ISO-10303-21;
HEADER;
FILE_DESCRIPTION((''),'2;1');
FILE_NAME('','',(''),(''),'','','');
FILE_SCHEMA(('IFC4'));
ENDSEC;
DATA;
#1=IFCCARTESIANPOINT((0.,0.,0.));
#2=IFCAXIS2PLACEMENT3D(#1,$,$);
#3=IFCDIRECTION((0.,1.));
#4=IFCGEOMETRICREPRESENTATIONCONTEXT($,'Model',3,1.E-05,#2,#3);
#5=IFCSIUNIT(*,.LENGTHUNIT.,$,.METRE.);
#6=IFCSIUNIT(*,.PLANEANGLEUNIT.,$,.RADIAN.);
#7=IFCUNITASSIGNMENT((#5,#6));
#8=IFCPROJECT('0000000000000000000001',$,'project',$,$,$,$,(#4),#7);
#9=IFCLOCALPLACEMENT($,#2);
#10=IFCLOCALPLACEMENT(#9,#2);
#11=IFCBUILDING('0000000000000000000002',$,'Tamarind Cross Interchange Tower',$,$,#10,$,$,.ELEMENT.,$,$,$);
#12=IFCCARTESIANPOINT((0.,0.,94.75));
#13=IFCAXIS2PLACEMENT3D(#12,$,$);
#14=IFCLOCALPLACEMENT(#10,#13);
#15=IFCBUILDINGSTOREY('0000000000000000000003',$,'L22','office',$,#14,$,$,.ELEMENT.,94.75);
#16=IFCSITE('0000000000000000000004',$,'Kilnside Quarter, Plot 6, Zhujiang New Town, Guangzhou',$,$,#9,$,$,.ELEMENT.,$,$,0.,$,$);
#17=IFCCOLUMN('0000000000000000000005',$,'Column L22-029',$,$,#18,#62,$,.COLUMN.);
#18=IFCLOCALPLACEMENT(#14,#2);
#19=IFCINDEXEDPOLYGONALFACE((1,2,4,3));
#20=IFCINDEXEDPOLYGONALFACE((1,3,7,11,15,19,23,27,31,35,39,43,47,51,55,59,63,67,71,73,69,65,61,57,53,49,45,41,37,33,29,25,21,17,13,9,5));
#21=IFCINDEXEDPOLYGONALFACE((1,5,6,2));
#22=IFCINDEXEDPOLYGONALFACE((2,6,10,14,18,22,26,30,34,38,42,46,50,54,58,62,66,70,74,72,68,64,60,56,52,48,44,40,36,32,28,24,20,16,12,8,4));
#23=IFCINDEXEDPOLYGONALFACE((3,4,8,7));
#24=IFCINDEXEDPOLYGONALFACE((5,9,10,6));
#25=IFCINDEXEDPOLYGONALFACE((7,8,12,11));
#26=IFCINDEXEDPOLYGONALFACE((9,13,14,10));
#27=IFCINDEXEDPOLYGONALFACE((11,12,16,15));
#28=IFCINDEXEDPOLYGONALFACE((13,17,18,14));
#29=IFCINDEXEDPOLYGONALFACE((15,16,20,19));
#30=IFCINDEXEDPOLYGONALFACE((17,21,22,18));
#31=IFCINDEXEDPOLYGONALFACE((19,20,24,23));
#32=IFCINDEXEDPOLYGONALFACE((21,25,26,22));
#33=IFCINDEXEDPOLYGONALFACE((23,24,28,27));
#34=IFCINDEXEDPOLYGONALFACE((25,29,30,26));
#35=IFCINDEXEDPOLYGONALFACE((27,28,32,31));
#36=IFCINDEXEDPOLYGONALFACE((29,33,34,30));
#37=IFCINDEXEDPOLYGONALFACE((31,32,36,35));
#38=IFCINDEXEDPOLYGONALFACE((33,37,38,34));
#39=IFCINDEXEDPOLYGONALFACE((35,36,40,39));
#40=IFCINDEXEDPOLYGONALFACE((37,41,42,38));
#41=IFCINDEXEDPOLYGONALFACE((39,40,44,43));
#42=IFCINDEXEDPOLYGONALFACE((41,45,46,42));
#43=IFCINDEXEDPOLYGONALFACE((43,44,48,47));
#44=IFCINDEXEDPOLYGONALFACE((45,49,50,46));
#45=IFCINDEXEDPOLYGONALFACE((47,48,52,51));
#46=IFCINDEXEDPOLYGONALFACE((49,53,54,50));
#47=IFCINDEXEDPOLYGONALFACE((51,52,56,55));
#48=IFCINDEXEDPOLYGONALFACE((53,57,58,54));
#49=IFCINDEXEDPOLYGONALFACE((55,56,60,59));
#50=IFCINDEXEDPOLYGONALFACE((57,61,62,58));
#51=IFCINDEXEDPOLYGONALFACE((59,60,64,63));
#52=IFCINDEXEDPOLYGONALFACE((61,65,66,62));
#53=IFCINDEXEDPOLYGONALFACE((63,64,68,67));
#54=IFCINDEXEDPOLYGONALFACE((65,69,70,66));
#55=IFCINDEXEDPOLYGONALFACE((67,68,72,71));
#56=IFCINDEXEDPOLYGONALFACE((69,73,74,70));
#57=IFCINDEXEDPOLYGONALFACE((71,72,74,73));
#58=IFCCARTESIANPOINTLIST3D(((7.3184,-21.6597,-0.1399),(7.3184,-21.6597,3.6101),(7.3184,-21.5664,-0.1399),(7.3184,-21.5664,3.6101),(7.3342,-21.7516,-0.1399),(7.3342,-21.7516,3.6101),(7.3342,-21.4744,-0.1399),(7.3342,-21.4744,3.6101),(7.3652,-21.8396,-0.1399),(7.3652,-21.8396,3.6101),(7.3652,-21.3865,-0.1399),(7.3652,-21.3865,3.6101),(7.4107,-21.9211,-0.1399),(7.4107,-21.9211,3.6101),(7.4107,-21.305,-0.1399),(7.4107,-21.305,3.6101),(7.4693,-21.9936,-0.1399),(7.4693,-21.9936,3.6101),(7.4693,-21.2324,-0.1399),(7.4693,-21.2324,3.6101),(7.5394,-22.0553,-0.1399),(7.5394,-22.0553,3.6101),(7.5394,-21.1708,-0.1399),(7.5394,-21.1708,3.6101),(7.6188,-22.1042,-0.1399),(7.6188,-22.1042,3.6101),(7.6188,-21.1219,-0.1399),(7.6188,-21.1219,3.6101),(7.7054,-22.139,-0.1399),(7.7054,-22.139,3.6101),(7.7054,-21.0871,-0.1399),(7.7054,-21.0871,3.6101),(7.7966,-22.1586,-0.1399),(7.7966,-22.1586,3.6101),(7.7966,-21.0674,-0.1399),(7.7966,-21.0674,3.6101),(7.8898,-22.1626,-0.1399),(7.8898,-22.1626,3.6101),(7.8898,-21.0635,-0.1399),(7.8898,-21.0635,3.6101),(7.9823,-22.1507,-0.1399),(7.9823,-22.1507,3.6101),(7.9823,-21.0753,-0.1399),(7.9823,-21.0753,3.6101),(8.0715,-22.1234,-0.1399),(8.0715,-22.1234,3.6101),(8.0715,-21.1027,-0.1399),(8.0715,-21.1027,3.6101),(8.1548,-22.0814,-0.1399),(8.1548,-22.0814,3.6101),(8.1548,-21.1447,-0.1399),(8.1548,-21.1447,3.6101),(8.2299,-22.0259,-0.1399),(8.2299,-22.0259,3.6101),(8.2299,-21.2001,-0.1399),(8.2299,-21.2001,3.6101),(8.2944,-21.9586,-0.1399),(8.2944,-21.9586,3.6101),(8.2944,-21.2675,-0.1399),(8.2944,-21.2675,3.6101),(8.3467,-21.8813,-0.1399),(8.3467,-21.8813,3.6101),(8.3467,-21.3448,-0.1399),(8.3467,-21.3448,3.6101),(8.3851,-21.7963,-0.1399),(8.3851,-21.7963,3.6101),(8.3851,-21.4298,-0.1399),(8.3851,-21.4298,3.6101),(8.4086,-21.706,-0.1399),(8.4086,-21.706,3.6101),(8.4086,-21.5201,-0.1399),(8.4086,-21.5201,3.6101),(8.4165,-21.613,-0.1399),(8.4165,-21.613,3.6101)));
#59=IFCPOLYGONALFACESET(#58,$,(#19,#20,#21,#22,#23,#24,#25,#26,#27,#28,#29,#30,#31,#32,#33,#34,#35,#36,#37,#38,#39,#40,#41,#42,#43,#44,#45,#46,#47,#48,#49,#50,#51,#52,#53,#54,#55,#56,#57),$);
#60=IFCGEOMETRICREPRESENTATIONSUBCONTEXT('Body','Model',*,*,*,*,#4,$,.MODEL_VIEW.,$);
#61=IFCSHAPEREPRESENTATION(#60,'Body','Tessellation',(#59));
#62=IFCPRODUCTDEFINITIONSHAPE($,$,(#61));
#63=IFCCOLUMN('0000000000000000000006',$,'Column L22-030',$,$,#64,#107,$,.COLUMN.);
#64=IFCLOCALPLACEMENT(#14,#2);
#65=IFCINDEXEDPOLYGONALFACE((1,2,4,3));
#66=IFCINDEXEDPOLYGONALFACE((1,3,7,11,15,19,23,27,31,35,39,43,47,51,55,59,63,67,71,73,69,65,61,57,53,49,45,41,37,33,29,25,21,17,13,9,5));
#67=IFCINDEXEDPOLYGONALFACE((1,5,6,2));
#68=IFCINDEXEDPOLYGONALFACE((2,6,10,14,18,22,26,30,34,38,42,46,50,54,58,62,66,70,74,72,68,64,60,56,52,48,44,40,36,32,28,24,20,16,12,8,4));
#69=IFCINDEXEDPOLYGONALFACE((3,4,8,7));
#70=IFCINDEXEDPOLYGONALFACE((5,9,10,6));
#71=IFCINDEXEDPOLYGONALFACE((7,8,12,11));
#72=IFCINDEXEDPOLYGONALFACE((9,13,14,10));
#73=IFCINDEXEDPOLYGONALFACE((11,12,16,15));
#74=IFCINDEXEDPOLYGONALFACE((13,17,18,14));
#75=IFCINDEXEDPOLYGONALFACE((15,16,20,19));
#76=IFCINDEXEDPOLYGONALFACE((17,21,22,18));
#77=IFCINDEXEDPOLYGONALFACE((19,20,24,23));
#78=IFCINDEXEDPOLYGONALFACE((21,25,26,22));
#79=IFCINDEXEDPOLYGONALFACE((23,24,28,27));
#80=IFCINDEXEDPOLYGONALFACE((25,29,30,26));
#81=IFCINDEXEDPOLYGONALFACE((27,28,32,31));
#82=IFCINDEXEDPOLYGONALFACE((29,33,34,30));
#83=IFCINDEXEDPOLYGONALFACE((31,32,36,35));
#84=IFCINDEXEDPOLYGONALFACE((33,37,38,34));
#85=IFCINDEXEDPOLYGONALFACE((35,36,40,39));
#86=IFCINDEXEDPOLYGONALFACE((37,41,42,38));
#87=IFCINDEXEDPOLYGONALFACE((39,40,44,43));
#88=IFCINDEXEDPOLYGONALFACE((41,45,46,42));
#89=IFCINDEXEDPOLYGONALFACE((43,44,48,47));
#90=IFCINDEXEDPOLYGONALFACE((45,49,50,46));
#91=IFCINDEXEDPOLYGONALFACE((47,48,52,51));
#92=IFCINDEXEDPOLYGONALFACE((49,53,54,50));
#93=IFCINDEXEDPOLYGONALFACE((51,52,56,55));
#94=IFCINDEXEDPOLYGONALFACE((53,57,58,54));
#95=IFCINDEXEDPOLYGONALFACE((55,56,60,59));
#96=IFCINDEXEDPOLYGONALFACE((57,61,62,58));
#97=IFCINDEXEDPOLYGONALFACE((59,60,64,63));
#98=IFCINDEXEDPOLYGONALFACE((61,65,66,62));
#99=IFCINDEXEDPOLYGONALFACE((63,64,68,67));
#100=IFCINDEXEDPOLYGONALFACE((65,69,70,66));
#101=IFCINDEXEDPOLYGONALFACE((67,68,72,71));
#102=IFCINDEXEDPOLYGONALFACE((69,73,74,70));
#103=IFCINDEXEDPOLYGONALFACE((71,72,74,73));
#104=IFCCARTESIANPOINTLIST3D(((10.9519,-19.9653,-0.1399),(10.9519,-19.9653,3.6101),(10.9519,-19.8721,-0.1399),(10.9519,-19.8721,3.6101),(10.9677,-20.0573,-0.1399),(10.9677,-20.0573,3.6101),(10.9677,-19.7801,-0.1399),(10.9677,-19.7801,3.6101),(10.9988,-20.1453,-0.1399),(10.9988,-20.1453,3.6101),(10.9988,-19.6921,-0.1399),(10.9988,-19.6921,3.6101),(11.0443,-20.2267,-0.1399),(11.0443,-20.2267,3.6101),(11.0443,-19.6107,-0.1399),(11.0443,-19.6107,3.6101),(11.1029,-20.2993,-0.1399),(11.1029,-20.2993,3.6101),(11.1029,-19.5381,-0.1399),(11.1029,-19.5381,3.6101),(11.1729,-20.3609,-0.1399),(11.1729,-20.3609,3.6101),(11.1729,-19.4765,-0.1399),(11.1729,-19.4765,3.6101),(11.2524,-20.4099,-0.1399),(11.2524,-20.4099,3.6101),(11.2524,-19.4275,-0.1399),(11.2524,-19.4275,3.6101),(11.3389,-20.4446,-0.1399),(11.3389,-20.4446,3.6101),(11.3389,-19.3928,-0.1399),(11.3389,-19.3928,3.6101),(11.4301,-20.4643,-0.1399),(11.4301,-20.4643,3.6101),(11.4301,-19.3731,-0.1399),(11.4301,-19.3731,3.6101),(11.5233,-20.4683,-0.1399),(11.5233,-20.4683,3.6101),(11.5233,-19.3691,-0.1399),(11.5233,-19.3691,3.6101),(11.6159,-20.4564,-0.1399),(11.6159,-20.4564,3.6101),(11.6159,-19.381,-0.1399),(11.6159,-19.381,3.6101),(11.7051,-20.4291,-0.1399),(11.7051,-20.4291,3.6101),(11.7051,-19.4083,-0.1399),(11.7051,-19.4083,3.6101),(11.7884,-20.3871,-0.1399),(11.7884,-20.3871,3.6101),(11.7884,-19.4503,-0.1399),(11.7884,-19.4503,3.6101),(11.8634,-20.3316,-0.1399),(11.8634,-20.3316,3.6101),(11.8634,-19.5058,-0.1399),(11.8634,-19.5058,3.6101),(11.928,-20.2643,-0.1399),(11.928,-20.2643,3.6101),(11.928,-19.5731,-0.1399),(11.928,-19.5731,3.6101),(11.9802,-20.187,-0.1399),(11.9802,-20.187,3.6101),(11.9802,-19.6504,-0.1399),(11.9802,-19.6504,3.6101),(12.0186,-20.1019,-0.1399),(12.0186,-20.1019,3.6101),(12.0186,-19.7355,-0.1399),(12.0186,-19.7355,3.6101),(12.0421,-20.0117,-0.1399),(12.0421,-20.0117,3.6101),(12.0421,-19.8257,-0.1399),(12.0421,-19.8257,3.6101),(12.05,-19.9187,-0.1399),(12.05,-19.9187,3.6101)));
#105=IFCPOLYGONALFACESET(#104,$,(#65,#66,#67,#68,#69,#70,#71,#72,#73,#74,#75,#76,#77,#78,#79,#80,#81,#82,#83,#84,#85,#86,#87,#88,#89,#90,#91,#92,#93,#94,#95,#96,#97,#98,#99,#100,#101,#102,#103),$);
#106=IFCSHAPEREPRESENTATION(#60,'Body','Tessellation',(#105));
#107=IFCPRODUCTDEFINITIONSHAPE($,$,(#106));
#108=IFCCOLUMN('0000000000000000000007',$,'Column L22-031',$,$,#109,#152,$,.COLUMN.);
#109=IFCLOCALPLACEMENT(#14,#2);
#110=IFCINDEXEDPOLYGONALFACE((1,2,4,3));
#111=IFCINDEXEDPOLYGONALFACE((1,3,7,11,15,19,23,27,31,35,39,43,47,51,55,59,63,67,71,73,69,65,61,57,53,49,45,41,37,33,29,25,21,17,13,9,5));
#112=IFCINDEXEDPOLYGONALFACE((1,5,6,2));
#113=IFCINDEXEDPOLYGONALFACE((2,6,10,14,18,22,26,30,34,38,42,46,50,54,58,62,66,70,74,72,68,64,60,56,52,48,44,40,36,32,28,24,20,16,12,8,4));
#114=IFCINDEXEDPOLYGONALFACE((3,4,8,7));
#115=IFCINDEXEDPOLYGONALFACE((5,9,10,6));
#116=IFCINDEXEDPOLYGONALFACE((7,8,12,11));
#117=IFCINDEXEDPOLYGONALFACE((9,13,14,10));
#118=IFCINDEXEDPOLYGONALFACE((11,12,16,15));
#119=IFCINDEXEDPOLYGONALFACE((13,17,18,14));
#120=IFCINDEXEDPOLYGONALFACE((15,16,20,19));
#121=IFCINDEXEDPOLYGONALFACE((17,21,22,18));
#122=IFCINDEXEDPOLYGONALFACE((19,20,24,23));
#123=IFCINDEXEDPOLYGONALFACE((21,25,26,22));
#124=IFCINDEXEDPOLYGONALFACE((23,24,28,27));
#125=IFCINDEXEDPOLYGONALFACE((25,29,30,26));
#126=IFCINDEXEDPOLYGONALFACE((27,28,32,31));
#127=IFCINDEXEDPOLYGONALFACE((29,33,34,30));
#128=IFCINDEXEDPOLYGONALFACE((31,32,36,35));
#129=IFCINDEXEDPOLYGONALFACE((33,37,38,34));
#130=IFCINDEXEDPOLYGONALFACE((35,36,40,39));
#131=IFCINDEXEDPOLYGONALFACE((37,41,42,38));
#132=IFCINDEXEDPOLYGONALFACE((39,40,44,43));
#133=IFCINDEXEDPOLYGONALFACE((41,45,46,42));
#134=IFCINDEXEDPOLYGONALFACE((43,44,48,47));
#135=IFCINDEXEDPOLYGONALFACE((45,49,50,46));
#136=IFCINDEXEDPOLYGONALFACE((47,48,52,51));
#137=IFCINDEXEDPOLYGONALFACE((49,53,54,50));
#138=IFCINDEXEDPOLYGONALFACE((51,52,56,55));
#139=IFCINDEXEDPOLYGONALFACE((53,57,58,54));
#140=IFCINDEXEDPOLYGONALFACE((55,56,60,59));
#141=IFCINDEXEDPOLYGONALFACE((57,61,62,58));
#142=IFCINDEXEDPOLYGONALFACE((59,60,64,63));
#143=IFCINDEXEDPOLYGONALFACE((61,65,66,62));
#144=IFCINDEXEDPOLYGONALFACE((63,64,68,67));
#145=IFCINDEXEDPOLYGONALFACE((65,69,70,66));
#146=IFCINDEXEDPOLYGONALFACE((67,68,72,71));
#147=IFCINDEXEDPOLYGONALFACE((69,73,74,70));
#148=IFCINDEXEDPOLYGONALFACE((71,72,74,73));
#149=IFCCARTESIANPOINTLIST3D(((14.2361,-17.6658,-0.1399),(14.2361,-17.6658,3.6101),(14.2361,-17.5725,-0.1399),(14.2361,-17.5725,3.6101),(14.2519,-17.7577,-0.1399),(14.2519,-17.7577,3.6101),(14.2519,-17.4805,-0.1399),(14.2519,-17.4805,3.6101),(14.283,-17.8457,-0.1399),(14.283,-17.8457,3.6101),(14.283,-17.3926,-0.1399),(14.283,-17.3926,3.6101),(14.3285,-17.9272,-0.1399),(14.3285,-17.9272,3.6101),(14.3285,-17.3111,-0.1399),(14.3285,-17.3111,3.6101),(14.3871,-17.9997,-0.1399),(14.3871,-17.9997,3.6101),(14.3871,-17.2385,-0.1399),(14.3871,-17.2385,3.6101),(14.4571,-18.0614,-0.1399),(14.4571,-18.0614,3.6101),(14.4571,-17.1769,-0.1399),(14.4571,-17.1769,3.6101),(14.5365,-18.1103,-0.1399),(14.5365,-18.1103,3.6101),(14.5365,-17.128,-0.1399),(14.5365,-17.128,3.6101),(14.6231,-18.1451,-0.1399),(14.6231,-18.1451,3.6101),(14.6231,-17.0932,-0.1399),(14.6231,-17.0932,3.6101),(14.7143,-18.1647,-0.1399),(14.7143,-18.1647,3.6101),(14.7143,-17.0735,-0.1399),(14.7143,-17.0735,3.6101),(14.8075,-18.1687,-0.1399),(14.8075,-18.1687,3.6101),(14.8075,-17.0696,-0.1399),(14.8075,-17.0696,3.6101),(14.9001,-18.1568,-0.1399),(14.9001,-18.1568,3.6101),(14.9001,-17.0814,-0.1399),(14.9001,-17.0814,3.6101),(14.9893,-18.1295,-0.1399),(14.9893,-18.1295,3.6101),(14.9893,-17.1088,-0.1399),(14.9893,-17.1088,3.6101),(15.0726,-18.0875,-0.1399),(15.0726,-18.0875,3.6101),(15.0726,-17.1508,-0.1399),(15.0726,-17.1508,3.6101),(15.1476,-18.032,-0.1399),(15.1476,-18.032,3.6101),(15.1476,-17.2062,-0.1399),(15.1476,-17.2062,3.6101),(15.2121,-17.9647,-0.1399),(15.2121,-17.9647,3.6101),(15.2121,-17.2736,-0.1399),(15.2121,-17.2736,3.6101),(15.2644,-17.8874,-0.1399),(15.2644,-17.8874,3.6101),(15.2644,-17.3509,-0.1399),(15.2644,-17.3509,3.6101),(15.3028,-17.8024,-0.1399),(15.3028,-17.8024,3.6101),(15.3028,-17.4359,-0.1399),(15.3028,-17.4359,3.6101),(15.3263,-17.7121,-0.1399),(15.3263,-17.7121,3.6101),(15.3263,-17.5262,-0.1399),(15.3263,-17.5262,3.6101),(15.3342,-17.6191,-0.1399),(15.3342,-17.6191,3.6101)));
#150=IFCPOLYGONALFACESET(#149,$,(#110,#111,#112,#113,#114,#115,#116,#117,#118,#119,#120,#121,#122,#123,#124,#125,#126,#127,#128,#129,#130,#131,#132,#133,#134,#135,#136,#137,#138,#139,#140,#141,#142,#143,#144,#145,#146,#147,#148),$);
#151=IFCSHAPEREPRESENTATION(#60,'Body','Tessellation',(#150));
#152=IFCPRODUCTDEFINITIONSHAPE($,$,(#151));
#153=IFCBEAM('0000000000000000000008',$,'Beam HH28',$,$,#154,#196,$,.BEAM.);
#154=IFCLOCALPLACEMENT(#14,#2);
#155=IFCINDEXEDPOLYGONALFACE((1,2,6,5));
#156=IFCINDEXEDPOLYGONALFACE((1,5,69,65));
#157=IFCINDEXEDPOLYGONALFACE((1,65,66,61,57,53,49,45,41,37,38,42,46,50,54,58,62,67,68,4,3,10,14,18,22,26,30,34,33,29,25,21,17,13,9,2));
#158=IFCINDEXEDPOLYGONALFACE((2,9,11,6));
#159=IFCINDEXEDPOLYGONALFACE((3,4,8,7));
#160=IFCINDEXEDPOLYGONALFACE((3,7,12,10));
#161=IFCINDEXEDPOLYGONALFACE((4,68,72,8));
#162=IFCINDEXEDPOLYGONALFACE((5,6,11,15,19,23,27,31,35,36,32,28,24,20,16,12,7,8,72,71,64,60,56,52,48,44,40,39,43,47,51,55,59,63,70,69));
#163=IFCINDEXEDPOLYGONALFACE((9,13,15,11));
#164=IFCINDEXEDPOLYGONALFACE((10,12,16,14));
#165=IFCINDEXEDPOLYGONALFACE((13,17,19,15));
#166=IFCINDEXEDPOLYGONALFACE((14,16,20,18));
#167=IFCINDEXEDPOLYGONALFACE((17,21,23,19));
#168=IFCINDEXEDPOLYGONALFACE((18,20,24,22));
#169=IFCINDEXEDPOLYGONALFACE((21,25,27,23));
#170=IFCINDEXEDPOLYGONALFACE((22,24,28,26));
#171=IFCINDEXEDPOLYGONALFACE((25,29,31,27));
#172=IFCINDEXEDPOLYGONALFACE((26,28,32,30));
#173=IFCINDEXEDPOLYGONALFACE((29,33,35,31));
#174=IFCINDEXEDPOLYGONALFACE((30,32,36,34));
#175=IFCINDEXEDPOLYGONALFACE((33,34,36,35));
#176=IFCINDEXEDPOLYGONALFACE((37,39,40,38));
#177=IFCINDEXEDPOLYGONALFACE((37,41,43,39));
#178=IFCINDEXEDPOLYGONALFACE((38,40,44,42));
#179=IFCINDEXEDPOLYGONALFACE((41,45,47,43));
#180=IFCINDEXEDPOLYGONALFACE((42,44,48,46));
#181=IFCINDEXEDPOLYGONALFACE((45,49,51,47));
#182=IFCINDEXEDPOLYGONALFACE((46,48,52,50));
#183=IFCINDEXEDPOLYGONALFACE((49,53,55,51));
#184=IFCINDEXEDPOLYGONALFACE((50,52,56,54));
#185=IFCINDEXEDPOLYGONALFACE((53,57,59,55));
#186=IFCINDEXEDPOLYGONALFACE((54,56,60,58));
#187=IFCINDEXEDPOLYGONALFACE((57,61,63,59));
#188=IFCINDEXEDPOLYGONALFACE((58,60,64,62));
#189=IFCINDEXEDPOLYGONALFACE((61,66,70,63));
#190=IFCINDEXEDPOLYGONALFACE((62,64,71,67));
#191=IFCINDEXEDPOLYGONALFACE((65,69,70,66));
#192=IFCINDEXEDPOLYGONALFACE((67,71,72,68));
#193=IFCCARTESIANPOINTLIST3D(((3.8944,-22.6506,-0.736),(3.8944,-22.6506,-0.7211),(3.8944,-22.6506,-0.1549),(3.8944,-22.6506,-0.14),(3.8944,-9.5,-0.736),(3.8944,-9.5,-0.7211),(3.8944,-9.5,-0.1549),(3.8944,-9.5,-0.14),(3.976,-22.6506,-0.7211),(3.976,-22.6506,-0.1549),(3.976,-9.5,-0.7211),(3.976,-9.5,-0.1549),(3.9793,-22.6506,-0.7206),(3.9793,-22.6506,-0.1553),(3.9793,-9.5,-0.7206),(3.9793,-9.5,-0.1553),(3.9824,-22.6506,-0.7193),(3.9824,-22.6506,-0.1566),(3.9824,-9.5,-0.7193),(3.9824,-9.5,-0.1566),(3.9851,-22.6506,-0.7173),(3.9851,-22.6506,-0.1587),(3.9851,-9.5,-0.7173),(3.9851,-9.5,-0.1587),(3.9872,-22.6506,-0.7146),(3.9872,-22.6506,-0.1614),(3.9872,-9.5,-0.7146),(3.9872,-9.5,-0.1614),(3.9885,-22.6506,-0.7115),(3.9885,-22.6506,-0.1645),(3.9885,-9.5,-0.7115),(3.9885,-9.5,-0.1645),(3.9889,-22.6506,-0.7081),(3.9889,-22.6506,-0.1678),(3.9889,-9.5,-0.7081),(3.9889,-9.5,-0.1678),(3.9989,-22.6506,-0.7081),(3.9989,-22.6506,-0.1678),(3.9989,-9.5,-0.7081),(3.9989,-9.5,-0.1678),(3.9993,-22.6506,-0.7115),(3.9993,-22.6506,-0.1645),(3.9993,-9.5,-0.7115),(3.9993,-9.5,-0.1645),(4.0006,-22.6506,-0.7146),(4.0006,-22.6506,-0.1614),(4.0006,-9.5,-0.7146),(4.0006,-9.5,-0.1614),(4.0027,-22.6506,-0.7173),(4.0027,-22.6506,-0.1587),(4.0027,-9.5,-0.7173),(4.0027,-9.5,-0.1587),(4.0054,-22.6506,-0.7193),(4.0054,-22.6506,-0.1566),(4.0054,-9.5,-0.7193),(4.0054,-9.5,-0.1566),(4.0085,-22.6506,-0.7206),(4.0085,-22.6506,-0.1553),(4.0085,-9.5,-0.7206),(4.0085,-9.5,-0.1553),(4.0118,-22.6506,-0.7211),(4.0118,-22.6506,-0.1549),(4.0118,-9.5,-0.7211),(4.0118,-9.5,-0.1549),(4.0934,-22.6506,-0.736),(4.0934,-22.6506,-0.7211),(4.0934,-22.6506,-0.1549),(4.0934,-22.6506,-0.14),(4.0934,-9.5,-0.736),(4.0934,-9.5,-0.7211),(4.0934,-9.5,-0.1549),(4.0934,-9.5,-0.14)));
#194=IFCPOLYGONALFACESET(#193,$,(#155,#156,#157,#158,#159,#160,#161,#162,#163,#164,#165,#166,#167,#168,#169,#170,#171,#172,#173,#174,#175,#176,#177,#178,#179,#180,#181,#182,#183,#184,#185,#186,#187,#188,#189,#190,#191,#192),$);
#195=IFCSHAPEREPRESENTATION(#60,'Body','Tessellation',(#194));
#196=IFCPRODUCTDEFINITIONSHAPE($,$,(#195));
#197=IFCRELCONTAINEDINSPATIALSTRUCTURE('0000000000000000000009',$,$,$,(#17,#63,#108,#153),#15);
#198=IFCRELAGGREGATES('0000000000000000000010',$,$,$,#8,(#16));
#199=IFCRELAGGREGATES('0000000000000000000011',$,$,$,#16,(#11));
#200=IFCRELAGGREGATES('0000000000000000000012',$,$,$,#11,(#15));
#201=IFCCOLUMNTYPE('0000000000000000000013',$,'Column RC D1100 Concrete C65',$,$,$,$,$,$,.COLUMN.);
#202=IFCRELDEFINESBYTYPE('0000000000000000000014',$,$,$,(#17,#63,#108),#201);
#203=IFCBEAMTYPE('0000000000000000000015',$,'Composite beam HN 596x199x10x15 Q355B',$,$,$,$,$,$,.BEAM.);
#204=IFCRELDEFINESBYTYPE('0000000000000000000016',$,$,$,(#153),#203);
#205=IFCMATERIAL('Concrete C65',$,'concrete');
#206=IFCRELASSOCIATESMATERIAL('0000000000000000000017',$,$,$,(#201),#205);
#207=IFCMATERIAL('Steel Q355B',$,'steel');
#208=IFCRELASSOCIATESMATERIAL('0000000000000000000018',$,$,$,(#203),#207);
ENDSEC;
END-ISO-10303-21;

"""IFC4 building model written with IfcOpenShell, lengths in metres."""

from ifc_helpers import new_model, si_unit, direction, frame, origin, origin_2d, place, context, subcontext, project, spatial, circle, i_section, extrude, material, material_profile, profile_set, type_object, element, save


model = new_model("IFC4")

# Units and contexts
model_context = context("Model", 3, precision=1e-05, world=origin(), true_north=direction((0.0, 1.0)))
body_context = subcontext(model_context, "Body", "Model", "MODEL_VIEW")
ifc_project = project(units=[si_unit("LENGTHUNIT", "METRE"), si_unit("PLANEANGLEUNIT", "RADIAN")], contexts=[model_context])

# Site, building, storey
site_placement = place(None, origin())
site = spatial("IfcSite", under=ifc_project, at=site_placement, Name="Kilnside Quarter, Plot 6, Zhujiang New Town, Guangzhou", CompositionType="ELEMENT", RefElevation=0.0)
building_placement = place(site_placement, origin())
building = spatial("IfcBuilding", under=site, at=building_placement, Name="Tamarind Cross Interchange Tower", CompositionType="ELEMENT")
storey_placement = place(building_placement, frame((0.0, 0.0, 94.75)))
storey = spatial("IfcBuildingStorey", under=building, at=storey_placement, Name="L22", Description="office", CompositionType="ELEMENT", Elevation=94.75)

# Columns
ifc_material_1 = material(Name="Concrete C65", Category="concrete")
ifc_material_profile_1 = material_profile(ifc_material_1, circle(Radius=0.55, at=origin_2d()), Name="RC D1100")
ifc_profile_set_1 = profile_set([ifc_material_profile_1], Name="Concrete C65")
column_type = type_object("IfcColumnType", Name="Column RC D1100 Concrete C65", PredefinedType="COLUMN", material=ifc_profile_set_1)
for number, where, z_axis, x_axis, name in (
    (1, (7.8665, -21.613, -0.1399), (0.0, 0.0, 1.0), (1.0, 0.0, 0.0), "Column L22-029"),
    (2, (11.5, -19.9187, -0.1399), (0.0, 0.0, 1.0), (1.0, 0.0, 0.0), "Column L22-030"),
    (3, (14.7842, -17.6191, -0.1399), (0.0, 0.0, 1.0), (1.0, 0.0, 0.0), "Column L22-031"),
):
    element("IfcColumn", number, at=place(storey_placement, frame(where, z_axis=z_axis, x_axis=x_axis)), inside=storey, type_object=column_type, Name=name, PredefinedType="COLUMN", context=body_context, shape_type="SweptSolid", body=[
        extrude(circle(Radius=0.55, at=origin_2d()), origin(), (0.0, 0.0, 1.0), 3.75),
    ])

# Beam
ifc_material_2 = material(Name="Steel Q355B", Category="steel")
ifc_material_profile_2 = material_profile(ifc_material_2, i_section(OverallWidth=0.199, OverallDepth=0.5959, WebThickness=0.01, FlangeThickness=0.0149, FilletRadius=0.0129, at=origin_2d()), Name="HN 596x199x10x15")
ifc_profile_set_2 = profile_set([ifc_material_profile_2], Name="Steel Q355B")
beam_type = type_object("IfcBeamType", Name="Composite beam HN 596x199x10x15 Q355B", PredefinedType="BEAM", material=ifc_profile_set_2)
beam_1_placement = place(storey_placement, frame((3.9939, -22.6506, -0.438), z_axis=(0.0, 1.0, 0.0), x_axis=(-1.0, 0.0, 0.0)))
element("IfcBeam", 4, at=beam_1_placement, inside=storey, type_object=beam_type, Name="Beam HH28", PredefinedType="BEAM", context=body_context, shape_type="SweptSolid", body=[
    extrude(i_section(OverallWidth=0.199, OverallDepth=0.5959, WebThickness=0.01, FlangeThickness=0.0149, FilletRadius=0.0129, at=origin_2d()), origin(), (0.0, 0.0, 1.0), 13.1506),
])

save(model, "model.ifc")
